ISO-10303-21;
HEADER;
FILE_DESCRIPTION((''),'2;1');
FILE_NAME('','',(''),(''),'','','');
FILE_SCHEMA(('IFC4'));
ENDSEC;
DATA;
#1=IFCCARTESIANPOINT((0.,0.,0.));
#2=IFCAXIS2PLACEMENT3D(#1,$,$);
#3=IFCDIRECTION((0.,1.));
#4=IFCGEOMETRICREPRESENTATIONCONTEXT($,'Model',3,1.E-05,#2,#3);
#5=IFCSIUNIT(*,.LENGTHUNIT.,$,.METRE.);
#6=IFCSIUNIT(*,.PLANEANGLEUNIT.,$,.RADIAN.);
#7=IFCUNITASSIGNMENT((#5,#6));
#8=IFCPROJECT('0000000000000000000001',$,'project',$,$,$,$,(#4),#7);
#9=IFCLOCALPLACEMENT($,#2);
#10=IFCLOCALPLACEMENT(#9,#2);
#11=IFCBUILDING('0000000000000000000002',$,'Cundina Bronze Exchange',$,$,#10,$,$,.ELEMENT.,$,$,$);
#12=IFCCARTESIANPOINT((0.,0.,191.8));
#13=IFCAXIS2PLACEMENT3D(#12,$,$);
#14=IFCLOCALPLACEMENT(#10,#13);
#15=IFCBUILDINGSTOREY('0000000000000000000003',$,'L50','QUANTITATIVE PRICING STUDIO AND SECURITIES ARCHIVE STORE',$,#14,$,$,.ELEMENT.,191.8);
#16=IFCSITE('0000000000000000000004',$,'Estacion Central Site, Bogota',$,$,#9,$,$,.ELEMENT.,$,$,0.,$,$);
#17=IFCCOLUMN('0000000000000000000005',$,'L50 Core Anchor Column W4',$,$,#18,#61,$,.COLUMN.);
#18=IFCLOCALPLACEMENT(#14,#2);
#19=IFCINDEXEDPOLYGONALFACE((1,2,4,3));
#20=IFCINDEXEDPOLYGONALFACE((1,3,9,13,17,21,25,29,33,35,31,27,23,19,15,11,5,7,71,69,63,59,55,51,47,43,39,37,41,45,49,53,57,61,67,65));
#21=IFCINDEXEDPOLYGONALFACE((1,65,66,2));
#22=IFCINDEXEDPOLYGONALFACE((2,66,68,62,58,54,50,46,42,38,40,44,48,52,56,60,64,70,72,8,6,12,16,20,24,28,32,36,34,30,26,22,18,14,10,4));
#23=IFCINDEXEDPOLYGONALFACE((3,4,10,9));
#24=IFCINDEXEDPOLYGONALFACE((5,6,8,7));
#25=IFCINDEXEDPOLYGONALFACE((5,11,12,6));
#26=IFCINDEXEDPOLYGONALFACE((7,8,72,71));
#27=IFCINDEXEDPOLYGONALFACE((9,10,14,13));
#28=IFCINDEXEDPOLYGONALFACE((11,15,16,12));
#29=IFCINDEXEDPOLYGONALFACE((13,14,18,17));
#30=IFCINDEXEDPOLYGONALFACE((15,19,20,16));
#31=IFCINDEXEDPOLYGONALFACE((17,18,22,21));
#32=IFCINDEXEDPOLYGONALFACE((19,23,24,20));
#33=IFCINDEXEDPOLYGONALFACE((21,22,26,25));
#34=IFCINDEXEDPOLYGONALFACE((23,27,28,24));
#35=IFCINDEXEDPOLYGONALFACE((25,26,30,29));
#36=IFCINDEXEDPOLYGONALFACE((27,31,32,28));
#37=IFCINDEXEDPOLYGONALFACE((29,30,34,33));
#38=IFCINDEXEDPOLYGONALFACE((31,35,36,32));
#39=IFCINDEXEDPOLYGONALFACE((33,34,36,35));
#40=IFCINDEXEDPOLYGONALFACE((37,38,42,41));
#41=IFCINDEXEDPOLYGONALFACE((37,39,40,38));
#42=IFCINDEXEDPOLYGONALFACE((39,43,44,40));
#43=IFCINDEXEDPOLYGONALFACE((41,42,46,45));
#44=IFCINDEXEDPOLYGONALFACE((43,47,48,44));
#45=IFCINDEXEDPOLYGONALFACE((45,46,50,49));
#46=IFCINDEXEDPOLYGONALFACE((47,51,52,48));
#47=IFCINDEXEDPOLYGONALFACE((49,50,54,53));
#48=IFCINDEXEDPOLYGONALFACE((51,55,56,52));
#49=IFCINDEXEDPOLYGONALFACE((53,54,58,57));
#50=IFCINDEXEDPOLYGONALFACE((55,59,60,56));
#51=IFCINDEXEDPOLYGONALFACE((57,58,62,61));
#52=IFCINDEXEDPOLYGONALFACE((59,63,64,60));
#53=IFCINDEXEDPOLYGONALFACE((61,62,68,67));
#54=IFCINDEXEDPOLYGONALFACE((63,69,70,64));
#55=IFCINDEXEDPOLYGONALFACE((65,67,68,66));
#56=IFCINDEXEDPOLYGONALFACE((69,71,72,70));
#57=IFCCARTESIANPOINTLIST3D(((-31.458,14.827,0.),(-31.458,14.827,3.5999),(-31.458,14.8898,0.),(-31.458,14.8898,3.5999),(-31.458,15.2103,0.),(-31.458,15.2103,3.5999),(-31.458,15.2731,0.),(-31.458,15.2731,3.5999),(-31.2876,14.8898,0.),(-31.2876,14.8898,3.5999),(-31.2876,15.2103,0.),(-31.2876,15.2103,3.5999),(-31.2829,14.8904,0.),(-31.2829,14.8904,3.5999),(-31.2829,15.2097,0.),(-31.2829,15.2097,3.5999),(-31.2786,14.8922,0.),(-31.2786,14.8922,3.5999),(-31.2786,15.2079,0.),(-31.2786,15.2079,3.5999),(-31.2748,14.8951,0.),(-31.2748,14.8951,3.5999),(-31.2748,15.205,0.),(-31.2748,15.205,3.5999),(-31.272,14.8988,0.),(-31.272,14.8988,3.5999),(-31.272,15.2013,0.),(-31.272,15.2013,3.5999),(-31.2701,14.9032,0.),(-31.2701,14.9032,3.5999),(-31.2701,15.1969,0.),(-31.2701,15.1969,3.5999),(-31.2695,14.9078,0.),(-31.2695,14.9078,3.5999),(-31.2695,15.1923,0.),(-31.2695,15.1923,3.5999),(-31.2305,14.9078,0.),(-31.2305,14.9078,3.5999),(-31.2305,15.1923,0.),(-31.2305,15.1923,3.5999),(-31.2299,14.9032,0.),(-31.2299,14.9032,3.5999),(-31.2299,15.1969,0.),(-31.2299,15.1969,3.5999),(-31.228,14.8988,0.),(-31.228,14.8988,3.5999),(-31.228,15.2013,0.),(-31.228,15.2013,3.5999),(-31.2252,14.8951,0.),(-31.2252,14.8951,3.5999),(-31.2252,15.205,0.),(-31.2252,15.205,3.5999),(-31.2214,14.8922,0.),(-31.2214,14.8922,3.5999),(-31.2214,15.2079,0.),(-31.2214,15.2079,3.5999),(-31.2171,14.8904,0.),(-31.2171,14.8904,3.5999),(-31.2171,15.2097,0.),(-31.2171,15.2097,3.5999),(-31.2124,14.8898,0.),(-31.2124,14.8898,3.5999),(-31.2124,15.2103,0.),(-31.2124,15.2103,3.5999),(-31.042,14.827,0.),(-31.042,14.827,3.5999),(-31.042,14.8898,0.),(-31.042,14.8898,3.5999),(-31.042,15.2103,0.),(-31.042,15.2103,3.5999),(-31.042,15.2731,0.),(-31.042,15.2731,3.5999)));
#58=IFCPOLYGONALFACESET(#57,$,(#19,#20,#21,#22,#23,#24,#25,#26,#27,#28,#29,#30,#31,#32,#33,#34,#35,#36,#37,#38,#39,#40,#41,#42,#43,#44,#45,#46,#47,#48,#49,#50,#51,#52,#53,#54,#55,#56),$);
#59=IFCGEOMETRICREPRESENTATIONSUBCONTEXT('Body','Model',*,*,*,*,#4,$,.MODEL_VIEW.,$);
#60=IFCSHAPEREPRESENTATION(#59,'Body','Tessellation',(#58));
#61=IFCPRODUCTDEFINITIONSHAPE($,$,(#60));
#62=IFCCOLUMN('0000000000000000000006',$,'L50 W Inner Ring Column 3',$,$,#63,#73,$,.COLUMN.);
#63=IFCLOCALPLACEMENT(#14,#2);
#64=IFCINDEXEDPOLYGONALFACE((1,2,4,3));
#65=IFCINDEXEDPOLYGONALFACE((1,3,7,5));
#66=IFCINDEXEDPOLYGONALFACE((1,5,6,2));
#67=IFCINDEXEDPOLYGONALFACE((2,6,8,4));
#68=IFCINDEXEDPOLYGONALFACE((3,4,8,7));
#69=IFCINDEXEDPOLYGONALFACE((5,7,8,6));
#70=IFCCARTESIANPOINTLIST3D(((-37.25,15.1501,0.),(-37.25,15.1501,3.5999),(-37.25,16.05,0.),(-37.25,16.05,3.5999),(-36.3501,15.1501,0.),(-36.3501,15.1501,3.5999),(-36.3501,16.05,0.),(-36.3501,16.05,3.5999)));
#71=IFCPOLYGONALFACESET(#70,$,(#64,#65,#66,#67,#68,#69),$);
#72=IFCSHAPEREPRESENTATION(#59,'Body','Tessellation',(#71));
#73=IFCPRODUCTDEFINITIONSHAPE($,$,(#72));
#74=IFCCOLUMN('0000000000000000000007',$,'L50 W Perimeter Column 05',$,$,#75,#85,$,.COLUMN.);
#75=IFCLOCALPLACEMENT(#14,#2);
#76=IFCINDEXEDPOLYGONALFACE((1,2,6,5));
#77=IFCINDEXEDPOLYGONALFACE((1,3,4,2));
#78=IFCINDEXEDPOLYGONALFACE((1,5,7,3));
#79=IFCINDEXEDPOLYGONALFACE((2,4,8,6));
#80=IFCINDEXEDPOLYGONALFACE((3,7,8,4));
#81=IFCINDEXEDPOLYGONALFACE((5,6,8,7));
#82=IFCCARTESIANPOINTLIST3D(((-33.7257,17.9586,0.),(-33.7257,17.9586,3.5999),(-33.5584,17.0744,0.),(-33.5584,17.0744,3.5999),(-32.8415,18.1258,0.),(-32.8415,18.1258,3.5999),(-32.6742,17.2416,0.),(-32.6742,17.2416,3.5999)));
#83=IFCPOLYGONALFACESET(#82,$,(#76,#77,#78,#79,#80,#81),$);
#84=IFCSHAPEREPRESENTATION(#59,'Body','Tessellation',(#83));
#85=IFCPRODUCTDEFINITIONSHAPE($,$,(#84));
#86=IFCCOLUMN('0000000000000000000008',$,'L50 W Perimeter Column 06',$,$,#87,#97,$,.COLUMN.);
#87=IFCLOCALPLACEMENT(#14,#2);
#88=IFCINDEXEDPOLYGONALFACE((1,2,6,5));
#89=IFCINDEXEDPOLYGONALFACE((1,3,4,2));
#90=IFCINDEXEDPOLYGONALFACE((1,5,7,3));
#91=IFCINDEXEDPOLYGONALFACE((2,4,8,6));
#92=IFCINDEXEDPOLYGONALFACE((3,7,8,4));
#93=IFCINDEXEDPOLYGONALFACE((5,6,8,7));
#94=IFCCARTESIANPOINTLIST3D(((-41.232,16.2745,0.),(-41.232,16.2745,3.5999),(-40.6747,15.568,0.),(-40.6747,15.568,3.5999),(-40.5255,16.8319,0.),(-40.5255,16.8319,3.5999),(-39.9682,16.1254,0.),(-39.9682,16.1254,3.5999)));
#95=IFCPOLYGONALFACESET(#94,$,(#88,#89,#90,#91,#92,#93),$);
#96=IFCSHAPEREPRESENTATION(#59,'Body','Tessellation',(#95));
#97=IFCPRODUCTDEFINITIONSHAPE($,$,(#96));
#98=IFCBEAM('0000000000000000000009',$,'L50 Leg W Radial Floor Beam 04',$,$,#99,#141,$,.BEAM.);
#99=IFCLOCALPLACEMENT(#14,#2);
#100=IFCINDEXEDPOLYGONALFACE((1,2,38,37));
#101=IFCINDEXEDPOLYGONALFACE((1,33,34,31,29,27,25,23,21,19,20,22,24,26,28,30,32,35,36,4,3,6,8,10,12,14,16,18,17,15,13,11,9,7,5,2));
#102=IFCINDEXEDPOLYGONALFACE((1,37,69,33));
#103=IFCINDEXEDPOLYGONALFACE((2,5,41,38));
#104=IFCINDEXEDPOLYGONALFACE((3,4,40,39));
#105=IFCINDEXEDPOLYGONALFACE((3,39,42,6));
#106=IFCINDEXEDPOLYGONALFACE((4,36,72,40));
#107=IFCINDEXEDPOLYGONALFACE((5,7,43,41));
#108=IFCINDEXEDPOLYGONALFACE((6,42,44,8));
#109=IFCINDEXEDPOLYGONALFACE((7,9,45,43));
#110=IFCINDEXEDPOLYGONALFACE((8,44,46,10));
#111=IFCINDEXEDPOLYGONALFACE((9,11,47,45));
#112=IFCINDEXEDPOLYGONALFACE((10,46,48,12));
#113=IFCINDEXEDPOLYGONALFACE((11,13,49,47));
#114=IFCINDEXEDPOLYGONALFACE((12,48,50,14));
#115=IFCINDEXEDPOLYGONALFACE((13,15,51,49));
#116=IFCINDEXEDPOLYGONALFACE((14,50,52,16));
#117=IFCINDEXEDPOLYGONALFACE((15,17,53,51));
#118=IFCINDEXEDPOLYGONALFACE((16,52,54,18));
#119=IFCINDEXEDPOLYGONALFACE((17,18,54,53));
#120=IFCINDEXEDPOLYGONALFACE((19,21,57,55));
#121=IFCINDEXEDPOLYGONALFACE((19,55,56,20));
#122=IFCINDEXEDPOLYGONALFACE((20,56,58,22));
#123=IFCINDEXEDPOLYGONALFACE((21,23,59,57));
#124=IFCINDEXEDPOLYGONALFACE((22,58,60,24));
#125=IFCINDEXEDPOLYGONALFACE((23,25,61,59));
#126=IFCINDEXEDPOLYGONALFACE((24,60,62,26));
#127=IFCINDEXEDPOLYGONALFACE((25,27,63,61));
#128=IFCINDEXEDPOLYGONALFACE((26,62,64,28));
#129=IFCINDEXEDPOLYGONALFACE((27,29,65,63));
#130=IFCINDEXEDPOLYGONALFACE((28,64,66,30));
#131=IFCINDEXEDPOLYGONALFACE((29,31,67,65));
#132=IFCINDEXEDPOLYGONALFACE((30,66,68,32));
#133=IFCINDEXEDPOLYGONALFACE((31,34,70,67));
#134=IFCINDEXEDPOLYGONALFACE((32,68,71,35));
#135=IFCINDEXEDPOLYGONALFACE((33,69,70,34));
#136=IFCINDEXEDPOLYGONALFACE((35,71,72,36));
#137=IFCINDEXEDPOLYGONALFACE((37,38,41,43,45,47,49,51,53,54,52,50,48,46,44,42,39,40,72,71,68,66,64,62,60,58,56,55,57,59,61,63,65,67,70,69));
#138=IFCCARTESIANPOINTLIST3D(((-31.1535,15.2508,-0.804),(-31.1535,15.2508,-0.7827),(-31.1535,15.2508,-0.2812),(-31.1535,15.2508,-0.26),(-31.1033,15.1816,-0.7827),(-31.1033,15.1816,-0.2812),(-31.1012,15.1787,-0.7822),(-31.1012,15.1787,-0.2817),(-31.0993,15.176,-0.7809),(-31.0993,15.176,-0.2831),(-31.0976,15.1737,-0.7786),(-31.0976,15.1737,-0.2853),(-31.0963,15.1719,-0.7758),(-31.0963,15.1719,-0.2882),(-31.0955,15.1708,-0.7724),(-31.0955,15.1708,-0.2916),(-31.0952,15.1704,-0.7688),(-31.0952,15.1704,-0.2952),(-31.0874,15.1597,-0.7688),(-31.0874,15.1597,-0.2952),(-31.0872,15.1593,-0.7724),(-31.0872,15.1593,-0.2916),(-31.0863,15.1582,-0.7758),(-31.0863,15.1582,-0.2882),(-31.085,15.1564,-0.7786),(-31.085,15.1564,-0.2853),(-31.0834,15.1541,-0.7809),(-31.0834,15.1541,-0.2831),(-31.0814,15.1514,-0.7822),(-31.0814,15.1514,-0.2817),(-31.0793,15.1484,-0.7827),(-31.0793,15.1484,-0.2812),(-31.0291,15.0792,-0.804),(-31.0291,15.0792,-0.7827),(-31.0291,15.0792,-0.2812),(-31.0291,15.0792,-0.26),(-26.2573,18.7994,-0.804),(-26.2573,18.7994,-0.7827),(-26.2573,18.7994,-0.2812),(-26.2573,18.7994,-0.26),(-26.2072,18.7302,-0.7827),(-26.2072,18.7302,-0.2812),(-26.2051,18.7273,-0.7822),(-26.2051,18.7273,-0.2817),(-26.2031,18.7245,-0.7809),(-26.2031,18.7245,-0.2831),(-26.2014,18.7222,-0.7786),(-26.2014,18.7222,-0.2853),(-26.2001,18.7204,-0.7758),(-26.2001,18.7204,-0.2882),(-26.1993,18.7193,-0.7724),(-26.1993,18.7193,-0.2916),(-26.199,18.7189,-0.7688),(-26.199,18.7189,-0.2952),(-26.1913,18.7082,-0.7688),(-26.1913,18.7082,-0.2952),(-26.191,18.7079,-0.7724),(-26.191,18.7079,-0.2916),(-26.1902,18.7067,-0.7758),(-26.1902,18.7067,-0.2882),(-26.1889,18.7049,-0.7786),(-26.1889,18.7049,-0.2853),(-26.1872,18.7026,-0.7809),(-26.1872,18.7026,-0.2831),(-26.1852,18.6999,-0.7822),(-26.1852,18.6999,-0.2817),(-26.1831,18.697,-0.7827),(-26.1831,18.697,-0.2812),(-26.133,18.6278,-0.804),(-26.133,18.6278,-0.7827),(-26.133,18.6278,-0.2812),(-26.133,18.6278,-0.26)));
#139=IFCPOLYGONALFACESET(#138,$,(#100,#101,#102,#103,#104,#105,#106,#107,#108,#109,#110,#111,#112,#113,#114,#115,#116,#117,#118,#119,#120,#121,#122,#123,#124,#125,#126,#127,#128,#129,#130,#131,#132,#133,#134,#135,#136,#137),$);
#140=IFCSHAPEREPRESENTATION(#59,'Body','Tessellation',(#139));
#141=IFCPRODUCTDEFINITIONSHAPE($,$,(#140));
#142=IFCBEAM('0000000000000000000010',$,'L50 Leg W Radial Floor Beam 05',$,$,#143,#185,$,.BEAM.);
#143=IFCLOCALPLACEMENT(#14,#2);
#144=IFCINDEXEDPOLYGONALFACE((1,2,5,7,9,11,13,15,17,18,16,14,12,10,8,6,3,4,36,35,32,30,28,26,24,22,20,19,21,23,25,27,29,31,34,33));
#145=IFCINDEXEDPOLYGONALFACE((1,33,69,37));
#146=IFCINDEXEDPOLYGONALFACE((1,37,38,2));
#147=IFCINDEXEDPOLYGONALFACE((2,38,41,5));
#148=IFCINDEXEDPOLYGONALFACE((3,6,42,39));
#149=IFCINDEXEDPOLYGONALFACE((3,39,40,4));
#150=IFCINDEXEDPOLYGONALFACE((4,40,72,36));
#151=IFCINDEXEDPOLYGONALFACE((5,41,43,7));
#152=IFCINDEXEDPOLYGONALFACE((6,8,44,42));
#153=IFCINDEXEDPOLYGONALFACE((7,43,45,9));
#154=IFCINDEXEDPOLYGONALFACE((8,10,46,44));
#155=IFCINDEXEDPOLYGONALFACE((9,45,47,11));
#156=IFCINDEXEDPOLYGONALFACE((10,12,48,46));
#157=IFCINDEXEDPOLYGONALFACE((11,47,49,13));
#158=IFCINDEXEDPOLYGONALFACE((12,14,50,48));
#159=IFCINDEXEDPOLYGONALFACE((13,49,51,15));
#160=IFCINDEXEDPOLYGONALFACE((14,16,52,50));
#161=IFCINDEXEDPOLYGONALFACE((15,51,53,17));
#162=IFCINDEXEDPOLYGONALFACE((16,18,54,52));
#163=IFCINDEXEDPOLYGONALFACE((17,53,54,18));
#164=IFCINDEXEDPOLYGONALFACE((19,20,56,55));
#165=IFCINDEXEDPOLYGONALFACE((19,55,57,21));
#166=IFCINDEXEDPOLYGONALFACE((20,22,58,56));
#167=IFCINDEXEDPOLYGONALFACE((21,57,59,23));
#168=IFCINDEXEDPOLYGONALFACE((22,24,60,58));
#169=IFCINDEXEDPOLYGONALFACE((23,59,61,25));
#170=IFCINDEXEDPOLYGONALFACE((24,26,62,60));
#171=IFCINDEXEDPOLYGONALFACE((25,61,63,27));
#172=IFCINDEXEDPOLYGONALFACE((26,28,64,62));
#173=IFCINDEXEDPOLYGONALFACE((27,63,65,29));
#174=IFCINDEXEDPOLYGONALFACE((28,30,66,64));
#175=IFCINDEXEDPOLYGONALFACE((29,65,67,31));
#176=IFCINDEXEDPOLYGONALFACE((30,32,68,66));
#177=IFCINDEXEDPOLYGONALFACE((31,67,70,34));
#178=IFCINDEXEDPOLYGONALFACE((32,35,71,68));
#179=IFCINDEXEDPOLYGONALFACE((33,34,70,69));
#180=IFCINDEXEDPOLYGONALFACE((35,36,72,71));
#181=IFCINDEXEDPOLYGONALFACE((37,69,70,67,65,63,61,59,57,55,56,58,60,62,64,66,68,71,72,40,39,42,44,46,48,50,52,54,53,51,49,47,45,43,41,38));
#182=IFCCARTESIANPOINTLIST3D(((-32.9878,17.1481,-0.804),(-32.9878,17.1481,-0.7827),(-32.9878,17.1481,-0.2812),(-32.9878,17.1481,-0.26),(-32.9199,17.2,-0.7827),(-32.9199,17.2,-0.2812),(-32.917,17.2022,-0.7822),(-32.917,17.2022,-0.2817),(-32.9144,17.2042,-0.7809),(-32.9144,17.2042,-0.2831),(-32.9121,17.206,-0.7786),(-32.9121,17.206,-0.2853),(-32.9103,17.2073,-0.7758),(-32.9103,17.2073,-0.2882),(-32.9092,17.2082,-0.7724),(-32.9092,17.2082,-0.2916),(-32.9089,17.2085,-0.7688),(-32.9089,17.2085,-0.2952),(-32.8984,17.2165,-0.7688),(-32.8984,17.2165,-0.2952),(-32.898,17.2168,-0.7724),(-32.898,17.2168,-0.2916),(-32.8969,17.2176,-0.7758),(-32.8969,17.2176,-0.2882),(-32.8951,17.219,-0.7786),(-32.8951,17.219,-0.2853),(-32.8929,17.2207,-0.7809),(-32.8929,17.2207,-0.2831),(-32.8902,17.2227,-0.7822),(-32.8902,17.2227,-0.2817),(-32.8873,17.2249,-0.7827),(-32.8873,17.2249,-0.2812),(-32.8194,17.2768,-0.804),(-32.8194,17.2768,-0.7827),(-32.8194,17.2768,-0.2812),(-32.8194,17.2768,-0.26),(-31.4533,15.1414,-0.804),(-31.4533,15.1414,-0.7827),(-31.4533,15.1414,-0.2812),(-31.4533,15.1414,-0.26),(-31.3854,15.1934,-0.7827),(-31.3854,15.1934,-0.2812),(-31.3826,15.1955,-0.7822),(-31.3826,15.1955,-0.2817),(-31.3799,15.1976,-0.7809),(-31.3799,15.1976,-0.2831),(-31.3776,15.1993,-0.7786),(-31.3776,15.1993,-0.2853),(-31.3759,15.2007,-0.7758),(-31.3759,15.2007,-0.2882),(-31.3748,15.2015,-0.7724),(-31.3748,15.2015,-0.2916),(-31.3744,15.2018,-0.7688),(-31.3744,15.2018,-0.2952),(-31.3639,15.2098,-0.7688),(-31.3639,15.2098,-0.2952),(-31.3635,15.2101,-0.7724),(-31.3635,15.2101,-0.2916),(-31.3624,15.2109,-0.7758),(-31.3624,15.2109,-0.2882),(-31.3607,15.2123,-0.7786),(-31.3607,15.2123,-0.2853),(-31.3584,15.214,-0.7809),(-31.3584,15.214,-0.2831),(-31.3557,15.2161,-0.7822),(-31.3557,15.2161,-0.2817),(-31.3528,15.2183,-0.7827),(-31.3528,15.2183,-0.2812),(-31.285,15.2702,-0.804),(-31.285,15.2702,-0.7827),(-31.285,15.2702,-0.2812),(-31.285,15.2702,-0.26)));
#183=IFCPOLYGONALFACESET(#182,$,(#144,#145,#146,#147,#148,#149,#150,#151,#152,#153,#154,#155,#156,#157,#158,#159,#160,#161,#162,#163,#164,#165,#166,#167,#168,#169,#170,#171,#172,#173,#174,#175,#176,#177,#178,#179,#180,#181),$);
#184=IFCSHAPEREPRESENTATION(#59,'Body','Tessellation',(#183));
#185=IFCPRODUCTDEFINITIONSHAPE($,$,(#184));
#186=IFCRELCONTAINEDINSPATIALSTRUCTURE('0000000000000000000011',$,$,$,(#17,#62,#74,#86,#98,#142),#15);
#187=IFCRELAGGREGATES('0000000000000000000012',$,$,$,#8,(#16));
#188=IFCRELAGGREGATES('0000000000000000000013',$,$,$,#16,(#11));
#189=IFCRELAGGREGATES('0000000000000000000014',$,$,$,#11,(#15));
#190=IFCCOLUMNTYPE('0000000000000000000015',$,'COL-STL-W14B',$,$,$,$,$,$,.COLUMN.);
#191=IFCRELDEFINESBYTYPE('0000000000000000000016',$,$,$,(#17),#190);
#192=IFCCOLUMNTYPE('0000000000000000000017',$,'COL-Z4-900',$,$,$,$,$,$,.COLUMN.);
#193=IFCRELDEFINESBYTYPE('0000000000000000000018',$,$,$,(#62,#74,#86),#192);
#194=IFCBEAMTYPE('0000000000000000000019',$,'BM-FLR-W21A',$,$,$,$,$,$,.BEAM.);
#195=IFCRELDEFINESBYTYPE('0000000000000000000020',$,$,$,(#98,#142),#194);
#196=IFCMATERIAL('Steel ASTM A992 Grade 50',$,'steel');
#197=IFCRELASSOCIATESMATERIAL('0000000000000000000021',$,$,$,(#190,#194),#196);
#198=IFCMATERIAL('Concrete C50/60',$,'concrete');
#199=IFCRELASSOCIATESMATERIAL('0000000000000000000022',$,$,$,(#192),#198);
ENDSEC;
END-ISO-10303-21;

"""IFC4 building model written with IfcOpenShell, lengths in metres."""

from ifc_helpers import new_model, si_unit, direction, frame, origin, origin_2d, place, context, subcontext, project, spatial, rectangle, i_section, extrude, material, material_profile, profile_set, type_object, element, save


model = new_model("IFC4")

# Units and contexts
model_context = context("Model", 3, precision=1e-05, world=origin(), true_north=direction((0.0, 1.0)))
body_context = subcontext(model_context, "Body", "Model", "MODEL_VIEW")
ifc_project = project(units=[si_unit("LENGTHUNIT", "METRE"), si_unit("PLANEANGLEUNIT", "RADIAN")], contexts=[model_context])

# Site, building, storey
site_placement = place(None, origin())
site = spatial("IfcSite", under=ifc_project, at=site_placement, Name="Estacion Central Site, Bogota", CompositionType="ELEMENT", RefElevation=0.0)
building_placement = place(site_placement, origin())
building = spatial("IfcBuilding", under=site, at=building_placement, Name="Cundina Bronze Exchange", CompositionType="ELEMENT")
storey_placement = place(building_placement, frame((0.0, 0.0, 191.8)))
storey = spatial("IfcBuildingStorey", under=building, at=storey_placement, Name="L50", Description="QUANTITATIVE PRICING STUDIO AND SECURITIES ARCHIVE STORE", CompositionType="ELEMENT", Elevation=191.8)

# Columns
ifc_material_1 = material(Name="Steel ASTM A992 Grade 50", Category="steel")
ifc_material_profile_1 = material_profile(ifc_material_1, i_section(OverallWidth=0.416, OverallDepth=0.446, WebThickness=0.0391, FlangeThickness=0.0627, FilletRadius=0.0181, at=origin_2d()), Name="W14X342", Category="steel")
ifc_profile_set_1 = profile_set([ifc_material_profile_1], Name="Steel ASTM A992 Grade 50")
column_type_1 = type_object("IfcColumnType", Name="COL-STL-W14B", PredefinedType="COLUMN", material=ifc_profile_set_1)
column_placement = place(storey_placement, frame((-31.25, 15.05, 0.0), z_axis=(0.0, 0.0, 1.0), x_axis=(1.0, 0.0, 0.0)))
element("IfcColumn", 1, at=column_placement, inside=storey, type_object=column_type_1, Name="L50 Core Anchor Column W4", PredefinedType="COLUMN", context=body_context, shape_type="SweptSolid", body=[
    extrude(i_section(OverallWidth=0.416, OverallDepth=0.446, WebThickness=0.0391, FlangeThickness=0.0627, FilletRadius=0.0181, at=origin_2d()), origin(), (0.0, 0.0, 1.0), 3.5999),
])
ifc_material_2 = material(Name="Concrete C50/60", Category="concrete")
ifc_material_profile_2 = material_profile(ifc_material_2, rectangle(XDim=0.8999, YDim=0.8999, at=origin_2d()), Name="RC900X900", Category="concrete")
ifc_profile_set_2 = profile_set([ifc_material_profile_2], Name="Concrete C50/60")
column_type_2 = type_object("IfcColumnType", Name="COL-Z4-900", PredefinedType="COLUMN", material=ifc_profile_set_2)
for number, where, z_axis, x_axis, name in (
    (2, (-36.8, 15.6001, 0.0), (0.0, 0.0, 1.0), (1.0, 0.0, 0.0), "L50 W Inner Ring Column 3"),
    (3, (-33.2, 17.6001, 0.0), (0.0, 0.0, 1.0), (-0.98258, -0.185838, 0.0), "L50 W Perimeter Column 05"),
    (4, (-40.6001, 16.2, 0.0), (0.0, 0.0, 1.0), (-0.785101, -0.619368, 0.0), "L50 W Perimeter Column 06"),
):
    element("IfcColumn", number, at=place(storey_placement, frame(where, z_axis=z_axis, x_axis=x_axis)), inside=storey, type_object=column_type_2, Name=name, PredefinedType="COLUMN", context=body_context, shape_type="SweptSolid", body=[
        extrude(rectangle(XDim=0.8999, YDim=0.8999, at=origin_2d()), origin(), (0.0, 0.0, 1.0), 3.5999),
    ])

# Beams
ifc_material_profile_3 = material_profile(ifc_material_1, i_section(OverallWidth=0.2119, OverallDepth=0.5439, WebThickness=0.0132, FlangeThickness=0.0212, FilletRadius=0.0139, at=origin_2d()), Name="W21X83", Category="steel")
ifc_profile_set_3 = profile_set([ifc_material_profile_3], Name="Steel ASTM A992 Grade 50")
beam_type_1 = type_object("IfcBeamType", Name="BM-FLR-W21A", PredefinedType="BEAM", material=ifc_profile_set_3)
beam_1_placement = place(storey_placement, frame((-31.0913, 15.165, -0.532), z_axis=(0.809704, 0.586839, 0.0), x_axis=(-0.586839, 0.809704, 0.0)))
element("IfcBeam", 5, at=beam_1_placement, inside=storey, type_object=beam_type_1, Name="L50 Leg W Radial Floor Beam 04", PredefinedType="BEAM", context=body_context, shape_type="SweptSolid", body=[
    extrude(i_section(OverallWidth=0.2119, OverallDepth=0.5439, WebThickness=0.0132, FlangeThickness=0.0212, FilletRadius=0.0139, at=origin_2d()), origin(), (0.0, 0.0, 1.0), 6.0469),
])
beam_2_placement = place(storey_placement, frame((-31.3691, 15.2058, -0.532), z_axis=(-0.607443, 0.794363, 0.0), x_axis=(-0.794363, -0.607443, 0.0)))
element("IfcBeam", 6, at=beam_2_placement, inside=storey, type_object=beam_type_1, Name="L50 Leg W Radial Floor Beam 05", PredefinedType="BEAM", context=body_context, shape_type="SweptSolid", body=[
    extrude(i_section(OverallWidth=0.2119, OverallDepth=0.5439, WebThickness=0.0132, FlangeThickness=0.0212, FilletRadius=0.0139, at=origin_2d()), origin(), (0.0, 0.0, 1.0), 2.5261),
])

save(model, "model.ifc")
